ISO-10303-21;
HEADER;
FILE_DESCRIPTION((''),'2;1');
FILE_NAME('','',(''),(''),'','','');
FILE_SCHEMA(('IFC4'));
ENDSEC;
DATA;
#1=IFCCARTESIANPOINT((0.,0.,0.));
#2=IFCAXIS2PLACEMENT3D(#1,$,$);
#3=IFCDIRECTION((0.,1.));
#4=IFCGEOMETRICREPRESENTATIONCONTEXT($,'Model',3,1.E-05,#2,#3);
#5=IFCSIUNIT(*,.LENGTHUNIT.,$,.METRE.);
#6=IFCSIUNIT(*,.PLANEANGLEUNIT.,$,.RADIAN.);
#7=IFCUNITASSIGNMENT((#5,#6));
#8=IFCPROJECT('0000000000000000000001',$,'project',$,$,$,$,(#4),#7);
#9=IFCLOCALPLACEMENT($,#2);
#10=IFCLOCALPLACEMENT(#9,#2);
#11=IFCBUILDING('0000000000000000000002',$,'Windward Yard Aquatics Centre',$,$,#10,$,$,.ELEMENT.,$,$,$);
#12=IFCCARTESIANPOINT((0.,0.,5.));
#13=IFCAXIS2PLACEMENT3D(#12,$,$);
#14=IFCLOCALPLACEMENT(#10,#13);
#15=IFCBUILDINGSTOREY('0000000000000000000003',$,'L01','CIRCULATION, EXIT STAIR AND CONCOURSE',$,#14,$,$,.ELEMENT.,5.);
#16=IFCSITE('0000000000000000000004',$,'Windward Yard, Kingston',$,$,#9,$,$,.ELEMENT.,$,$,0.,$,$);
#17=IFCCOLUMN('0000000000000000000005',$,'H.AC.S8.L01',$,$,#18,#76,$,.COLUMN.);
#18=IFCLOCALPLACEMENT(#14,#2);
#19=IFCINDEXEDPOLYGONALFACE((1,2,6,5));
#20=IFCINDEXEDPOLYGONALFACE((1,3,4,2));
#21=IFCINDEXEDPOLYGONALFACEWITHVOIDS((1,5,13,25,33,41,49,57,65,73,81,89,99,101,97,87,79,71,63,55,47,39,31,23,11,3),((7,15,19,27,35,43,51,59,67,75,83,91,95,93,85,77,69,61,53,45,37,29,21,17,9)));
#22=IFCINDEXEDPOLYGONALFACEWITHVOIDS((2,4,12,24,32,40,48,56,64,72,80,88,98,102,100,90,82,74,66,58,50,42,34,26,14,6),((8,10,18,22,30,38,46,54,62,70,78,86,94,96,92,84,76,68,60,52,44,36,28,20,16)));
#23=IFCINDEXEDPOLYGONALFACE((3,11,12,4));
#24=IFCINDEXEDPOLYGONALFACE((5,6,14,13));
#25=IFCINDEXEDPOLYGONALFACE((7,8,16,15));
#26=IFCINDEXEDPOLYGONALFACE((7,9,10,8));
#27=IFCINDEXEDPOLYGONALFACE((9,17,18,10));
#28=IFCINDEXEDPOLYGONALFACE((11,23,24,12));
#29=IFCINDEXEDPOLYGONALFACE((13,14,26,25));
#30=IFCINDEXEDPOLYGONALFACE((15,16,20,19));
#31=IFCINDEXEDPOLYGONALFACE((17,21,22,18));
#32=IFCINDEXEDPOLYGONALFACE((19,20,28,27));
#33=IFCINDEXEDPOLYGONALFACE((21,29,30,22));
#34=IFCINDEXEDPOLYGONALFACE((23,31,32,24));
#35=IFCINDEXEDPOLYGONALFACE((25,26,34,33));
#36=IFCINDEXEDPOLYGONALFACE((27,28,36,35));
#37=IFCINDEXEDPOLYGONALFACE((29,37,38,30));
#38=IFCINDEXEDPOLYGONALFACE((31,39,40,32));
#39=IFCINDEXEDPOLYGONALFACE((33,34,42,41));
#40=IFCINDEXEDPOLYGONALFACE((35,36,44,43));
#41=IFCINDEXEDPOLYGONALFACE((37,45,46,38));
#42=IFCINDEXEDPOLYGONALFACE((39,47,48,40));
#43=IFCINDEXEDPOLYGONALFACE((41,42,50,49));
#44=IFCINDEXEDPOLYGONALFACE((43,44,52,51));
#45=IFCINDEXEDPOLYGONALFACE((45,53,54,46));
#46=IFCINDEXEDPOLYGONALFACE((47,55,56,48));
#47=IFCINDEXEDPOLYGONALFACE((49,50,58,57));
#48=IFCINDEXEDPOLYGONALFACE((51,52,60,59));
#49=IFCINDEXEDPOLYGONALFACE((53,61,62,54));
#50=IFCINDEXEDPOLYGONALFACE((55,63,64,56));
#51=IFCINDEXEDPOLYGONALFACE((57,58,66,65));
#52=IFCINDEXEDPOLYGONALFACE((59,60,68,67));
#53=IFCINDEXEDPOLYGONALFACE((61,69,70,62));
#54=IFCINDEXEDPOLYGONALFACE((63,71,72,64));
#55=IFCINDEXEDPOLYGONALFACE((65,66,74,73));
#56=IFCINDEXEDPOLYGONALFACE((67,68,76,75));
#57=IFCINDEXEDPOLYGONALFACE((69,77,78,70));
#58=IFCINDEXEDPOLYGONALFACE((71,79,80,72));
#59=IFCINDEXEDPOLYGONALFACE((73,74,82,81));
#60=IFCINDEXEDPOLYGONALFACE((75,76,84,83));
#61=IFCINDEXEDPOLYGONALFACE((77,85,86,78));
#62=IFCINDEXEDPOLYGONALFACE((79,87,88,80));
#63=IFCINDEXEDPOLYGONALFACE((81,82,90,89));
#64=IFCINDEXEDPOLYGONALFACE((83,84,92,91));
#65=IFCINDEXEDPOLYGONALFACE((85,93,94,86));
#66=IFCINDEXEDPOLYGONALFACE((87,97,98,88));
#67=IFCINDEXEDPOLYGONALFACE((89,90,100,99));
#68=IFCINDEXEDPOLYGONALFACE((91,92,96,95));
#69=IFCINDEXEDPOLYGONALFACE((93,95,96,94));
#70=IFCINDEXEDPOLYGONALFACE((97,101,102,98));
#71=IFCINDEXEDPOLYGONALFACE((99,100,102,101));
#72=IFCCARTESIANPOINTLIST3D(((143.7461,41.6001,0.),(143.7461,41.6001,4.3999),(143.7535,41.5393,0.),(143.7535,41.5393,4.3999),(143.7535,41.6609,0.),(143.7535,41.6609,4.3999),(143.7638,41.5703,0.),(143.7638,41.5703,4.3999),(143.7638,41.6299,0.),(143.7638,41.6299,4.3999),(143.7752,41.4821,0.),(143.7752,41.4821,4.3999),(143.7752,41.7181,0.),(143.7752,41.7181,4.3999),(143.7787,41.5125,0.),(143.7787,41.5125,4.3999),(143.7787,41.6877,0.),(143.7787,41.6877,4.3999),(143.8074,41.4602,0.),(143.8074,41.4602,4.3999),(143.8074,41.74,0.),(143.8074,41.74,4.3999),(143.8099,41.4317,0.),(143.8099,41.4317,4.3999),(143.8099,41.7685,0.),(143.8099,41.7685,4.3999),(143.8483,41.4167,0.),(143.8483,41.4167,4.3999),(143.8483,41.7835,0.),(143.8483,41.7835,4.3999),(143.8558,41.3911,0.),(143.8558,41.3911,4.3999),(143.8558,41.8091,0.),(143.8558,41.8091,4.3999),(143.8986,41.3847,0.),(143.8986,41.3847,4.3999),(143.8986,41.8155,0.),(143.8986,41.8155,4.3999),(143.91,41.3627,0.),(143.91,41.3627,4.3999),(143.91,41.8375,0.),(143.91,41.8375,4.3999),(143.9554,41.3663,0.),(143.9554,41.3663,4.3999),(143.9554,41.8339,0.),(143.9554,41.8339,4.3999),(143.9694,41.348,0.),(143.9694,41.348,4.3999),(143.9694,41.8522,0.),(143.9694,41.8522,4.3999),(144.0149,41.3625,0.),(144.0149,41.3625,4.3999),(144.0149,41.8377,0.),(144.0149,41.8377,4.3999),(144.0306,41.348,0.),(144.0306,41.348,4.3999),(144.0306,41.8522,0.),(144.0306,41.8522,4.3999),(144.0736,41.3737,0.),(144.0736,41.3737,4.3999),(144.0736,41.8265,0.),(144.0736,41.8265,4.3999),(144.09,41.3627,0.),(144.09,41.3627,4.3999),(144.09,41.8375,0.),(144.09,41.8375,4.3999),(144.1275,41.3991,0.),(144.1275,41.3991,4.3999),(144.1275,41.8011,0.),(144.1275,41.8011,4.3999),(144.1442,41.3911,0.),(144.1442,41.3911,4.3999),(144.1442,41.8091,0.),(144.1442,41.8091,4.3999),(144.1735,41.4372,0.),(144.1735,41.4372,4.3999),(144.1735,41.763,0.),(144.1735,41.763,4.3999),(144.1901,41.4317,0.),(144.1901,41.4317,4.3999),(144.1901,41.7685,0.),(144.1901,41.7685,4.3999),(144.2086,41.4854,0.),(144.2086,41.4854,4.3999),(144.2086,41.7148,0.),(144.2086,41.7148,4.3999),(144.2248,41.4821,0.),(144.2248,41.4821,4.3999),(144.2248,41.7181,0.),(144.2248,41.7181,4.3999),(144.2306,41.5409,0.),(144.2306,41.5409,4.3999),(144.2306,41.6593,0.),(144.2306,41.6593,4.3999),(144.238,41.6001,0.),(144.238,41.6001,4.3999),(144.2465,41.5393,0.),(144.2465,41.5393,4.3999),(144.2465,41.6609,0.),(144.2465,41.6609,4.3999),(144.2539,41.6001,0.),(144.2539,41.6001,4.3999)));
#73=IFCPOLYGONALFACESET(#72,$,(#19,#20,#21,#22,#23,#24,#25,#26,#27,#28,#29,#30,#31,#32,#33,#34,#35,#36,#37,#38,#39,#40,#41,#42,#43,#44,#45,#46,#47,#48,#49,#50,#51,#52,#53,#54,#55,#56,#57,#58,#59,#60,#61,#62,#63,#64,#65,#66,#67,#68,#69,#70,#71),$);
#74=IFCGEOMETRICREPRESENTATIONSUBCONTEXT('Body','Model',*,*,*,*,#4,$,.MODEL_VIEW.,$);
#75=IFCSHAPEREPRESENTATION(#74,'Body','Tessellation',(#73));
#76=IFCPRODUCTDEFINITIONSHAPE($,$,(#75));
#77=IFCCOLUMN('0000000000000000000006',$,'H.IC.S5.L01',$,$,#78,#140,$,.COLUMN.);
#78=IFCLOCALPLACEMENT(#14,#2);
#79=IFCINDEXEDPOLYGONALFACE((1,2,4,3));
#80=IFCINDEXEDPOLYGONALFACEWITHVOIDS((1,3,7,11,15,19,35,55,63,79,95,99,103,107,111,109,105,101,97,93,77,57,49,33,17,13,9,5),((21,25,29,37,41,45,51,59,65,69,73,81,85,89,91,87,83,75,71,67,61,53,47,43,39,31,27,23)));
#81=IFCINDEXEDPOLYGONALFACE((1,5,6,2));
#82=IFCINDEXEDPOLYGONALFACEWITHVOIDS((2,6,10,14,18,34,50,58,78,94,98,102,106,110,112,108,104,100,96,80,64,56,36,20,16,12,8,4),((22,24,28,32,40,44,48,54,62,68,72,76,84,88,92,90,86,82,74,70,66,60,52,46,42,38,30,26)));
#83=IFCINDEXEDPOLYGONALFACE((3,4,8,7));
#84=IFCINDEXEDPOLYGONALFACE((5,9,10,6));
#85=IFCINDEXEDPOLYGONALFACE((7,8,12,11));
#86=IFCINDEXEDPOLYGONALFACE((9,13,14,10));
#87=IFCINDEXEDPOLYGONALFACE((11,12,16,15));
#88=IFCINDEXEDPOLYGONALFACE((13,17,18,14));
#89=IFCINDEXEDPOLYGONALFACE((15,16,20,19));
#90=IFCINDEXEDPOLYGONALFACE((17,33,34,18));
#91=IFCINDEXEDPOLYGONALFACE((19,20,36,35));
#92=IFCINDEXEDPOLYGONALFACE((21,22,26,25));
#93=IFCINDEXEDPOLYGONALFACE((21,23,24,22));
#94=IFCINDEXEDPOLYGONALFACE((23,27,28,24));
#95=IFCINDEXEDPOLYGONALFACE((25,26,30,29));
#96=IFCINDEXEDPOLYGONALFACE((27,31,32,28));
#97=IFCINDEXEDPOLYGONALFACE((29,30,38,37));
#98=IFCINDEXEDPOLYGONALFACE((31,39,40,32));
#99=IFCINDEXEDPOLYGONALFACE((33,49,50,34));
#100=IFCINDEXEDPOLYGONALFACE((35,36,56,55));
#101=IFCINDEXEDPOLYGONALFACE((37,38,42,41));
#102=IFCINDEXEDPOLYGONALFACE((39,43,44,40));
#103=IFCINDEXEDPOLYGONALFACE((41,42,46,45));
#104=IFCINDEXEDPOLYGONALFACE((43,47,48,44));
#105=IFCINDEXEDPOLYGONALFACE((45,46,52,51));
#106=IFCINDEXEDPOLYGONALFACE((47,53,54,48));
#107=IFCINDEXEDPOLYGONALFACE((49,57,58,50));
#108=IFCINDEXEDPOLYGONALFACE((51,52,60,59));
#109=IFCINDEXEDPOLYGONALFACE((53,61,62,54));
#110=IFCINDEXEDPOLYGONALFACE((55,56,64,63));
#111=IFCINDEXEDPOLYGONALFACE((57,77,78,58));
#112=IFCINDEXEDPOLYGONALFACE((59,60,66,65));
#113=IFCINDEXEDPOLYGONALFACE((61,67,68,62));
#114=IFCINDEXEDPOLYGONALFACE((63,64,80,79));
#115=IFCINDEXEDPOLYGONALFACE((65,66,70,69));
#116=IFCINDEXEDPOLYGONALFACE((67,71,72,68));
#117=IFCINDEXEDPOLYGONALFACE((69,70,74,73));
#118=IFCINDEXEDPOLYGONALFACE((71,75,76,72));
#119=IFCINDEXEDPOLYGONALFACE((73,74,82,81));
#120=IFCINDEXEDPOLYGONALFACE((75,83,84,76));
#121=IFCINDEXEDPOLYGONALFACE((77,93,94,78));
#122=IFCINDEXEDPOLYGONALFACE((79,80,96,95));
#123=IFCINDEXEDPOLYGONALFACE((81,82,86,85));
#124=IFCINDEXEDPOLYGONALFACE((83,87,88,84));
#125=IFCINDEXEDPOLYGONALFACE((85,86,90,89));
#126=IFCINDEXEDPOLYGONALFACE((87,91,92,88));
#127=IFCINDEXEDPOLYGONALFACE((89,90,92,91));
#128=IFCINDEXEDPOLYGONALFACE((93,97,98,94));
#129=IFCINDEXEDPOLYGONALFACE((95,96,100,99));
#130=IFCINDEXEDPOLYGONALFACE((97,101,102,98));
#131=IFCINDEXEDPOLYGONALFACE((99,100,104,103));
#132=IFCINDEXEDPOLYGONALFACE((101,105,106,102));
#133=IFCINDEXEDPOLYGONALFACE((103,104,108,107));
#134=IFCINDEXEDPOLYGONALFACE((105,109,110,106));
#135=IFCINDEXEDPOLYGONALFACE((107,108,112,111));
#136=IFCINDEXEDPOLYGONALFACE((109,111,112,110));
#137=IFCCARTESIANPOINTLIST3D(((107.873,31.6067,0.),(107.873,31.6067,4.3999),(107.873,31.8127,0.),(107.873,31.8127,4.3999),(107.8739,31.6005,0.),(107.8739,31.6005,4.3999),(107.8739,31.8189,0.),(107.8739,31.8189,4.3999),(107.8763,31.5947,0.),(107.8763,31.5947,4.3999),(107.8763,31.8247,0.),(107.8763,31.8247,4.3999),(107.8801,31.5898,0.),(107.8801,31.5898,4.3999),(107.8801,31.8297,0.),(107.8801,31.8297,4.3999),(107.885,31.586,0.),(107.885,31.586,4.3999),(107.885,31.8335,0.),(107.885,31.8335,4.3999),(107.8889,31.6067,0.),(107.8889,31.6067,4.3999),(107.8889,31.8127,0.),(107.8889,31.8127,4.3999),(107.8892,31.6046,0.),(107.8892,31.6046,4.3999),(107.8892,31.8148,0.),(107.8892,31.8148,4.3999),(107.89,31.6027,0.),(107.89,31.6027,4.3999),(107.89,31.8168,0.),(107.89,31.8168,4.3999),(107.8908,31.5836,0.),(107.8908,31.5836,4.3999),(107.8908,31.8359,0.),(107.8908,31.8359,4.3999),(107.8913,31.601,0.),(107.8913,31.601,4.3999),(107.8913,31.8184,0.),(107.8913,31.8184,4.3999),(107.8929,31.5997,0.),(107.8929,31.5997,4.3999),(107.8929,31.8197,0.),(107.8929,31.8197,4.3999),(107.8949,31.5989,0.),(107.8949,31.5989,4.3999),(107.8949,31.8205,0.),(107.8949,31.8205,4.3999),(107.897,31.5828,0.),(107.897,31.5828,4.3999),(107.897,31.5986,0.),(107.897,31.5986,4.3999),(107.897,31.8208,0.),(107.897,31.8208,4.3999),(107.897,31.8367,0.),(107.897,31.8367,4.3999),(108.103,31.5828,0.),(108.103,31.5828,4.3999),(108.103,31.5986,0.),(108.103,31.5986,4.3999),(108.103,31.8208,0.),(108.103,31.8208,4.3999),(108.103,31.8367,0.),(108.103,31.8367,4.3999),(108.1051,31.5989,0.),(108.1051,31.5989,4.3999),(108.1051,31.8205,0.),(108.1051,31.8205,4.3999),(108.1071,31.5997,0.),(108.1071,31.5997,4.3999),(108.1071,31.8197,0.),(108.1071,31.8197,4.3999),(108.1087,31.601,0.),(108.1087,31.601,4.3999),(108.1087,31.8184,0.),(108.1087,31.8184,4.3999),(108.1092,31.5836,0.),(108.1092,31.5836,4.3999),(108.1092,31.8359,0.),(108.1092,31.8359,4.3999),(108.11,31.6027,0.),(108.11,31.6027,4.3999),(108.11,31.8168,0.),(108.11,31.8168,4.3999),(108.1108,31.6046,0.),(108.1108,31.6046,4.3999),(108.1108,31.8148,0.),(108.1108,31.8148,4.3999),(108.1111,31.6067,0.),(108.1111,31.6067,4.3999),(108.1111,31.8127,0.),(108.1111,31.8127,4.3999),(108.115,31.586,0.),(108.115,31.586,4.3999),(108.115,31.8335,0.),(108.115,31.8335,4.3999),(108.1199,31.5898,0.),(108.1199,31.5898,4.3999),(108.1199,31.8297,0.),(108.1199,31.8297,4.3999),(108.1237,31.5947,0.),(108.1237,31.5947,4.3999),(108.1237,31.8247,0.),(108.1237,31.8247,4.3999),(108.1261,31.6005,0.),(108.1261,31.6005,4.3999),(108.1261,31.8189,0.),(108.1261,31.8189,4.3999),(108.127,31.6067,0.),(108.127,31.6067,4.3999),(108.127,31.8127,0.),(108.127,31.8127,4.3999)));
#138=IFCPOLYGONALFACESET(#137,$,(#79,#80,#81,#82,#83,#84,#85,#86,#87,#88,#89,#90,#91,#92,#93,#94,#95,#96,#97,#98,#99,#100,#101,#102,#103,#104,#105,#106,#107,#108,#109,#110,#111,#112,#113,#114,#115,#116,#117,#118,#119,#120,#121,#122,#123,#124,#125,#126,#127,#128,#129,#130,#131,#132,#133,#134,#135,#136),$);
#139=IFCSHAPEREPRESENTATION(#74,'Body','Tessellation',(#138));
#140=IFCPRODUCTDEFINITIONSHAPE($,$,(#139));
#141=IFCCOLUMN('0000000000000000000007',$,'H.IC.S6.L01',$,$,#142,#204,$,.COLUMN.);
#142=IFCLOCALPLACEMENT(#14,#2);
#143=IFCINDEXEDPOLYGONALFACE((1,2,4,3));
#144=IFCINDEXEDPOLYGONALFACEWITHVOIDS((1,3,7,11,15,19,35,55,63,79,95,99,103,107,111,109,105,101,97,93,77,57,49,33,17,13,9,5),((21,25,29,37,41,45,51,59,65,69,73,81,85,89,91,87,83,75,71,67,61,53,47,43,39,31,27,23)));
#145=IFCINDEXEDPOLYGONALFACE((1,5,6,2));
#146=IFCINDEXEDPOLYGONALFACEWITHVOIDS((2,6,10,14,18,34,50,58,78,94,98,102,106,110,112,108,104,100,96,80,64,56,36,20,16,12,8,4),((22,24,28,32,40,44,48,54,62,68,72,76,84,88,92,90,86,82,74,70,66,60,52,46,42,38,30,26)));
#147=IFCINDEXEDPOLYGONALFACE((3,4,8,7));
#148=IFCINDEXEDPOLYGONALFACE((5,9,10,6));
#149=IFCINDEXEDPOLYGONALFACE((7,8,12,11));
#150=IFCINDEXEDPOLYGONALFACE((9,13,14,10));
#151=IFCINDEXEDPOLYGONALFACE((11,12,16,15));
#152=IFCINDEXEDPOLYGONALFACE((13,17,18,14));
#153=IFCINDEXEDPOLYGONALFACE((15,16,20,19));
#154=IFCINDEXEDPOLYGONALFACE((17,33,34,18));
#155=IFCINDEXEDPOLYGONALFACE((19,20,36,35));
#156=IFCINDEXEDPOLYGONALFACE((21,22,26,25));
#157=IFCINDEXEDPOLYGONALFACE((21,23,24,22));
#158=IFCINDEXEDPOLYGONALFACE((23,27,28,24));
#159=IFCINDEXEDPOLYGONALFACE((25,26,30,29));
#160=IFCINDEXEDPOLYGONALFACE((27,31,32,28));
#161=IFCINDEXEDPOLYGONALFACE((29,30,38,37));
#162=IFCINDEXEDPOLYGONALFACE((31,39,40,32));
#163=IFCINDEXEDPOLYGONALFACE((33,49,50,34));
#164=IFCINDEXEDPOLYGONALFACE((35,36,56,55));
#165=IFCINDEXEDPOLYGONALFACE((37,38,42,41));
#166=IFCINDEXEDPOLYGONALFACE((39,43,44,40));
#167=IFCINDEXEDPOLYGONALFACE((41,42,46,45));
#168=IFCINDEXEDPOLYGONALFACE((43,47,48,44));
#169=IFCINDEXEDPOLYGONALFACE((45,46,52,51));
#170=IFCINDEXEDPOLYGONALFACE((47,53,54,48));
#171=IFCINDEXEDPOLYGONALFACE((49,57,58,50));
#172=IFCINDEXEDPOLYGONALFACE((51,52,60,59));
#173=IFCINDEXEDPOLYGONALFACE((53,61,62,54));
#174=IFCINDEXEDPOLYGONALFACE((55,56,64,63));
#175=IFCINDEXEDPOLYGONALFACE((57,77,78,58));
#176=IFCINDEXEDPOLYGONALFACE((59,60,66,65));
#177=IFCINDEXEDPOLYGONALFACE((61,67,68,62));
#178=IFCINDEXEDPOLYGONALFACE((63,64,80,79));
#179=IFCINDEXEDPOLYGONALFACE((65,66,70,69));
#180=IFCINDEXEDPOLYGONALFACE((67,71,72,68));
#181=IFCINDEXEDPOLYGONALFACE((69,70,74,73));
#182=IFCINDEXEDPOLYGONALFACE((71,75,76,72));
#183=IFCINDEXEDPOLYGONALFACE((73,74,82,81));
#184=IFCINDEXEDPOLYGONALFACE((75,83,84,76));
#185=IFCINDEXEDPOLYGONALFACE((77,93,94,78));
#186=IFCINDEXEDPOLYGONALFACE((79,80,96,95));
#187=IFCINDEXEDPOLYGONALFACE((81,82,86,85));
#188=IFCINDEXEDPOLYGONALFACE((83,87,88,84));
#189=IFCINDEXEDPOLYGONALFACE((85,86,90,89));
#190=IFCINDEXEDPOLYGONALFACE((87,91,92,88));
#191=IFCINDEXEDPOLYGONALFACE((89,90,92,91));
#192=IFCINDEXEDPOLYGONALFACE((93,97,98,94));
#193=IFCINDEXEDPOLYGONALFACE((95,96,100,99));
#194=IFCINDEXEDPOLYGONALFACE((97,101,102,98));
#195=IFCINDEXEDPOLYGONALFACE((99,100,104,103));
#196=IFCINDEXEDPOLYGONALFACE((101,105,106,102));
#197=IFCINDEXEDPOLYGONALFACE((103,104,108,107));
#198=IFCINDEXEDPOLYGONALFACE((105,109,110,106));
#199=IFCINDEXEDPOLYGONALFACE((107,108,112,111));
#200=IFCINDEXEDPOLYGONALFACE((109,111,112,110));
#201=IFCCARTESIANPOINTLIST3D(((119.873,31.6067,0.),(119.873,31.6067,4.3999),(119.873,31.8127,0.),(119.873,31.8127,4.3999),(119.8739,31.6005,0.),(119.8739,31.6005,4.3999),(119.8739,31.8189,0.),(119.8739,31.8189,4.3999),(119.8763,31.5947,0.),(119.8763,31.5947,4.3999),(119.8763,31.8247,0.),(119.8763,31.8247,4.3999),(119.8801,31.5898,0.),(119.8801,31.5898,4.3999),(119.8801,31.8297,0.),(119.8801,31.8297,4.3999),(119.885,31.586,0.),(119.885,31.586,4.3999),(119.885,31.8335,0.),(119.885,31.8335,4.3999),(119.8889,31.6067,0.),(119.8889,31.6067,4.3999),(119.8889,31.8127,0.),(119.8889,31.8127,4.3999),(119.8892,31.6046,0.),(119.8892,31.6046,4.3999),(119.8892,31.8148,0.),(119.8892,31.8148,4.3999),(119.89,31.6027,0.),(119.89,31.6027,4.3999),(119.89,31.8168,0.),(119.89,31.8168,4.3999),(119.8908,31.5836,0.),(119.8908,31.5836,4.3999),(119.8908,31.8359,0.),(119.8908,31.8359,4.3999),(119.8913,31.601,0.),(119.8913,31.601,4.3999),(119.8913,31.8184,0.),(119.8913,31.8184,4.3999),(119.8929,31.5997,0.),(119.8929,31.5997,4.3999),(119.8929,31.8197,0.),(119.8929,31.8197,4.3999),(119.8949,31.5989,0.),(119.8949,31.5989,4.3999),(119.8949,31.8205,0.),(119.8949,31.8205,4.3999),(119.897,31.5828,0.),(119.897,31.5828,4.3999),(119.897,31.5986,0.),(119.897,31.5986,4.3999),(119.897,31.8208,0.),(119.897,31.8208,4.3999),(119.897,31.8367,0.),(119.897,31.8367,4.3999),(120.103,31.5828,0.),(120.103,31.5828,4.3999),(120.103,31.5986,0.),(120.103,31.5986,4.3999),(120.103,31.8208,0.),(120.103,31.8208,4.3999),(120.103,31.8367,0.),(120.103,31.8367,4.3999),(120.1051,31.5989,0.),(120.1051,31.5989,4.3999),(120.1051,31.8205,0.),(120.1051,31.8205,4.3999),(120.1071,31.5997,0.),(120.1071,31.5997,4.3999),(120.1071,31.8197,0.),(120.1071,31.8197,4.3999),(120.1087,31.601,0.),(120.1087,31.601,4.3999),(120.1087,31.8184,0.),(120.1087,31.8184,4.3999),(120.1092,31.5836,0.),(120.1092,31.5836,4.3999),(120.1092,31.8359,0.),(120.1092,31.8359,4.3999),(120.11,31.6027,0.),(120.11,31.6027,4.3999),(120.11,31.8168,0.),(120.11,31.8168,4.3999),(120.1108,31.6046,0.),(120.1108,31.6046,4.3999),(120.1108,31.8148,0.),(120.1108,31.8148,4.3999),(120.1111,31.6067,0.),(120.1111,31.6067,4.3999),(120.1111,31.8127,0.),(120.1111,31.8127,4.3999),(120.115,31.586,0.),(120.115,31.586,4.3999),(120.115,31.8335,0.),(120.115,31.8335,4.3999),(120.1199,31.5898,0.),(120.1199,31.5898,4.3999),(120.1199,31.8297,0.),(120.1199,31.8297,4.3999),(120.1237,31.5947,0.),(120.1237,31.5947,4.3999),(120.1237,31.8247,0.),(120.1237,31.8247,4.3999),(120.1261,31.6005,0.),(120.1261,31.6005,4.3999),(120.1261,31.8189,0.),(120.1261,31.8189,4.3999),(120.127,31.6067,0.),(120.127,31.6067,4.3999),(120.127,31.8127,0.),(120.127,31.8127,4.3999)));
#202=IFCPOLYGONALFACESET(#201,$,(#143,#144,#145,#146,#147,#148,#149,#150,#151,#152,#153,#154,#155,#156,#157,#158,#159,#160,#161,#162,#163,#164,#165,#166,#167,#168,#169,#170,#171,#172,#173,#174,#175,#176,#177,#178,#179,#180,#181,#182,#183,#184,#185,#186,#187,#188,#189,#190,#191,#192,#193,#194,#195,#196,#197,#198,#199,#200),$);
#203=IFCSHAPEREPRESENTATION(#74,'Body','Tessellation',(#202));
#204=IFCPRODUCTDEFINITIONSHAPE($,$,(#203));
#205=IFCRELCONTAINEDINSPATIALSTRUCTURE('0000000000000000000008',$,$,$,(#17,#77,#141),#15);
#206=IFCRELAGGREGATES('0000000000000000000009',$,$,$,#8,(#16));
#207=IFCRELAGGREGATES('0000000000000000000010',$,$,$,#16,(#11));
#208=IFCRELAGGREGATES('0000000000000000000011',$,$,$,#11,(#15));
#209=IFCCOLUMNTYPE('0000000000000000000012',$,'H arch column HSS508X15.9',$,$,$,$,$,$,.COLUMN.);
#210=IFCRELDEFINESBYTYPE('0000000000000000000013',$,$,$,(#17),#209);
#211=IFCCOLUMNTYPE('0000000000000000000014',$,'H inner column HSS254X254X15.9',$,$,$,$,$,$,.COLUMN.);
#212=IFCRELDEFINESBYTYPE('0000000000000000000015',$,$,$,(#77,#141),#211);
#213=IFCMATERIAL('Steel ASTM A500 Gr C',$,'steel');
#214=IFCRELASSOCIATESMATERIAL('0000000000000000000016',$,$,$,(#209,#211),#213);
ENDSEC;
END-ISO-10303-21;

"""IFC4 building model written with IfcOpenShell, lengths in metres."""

from ifc_helpers import new_model, si_unit, direction, frame, origin, origin_2d, place, context, subcontext, project, spatial, hollow_rectangle, hollow_circle, extrude, material, material_profile, profile_set, type_object, element, save


model = new_model("IFC4")

# Units and contexts
model_context = context("Model", 3, precision=1e-05, world=origin(), true_north=direction((0.0, 1.0)))
body_context = subcontext(model_context, "Body", "Model", "MODEL_VIEW")
ifc_project = project(units=[si_unit("LENGTHUNIT", "METRE"), si_unit("PLANEANGLEUNIT", "RADIAN")], contexts=[model_context])

# Site, building, storey
site_placement = place(None, origin())
site = spatial("IfcSite", under=ifc_project, at=site_placement, Name="Windward Yard, Kingston", CompositionType="ELEMENT", RefElevation=0.0)
building_placement = place(site_placement, origin())
building = spatial("IfcBuilding", under=site, at=building_placement, Name="Windward Yard Aquatics Centre", CompositionType="ELEMENT")
storey_placement = place(building_placement, frame((0.0, 0.0, 5.0)))
storey = spatial("IfcBuildingStorey", under=building, at=storey_placement, Name="L01", Description="CIRCULATION, EXIT STAIR AND CONCOURSE", CompositionType="ELEMENT", Elevation=5.0)

# Columns
ifc_material_1 = material(Name="Steel ASTM A500 Gr C", Category="steel")
ifc_material_profile_1 = material_profile(ifc_material_1, hollow_circle(Radius=0.2539, WallThickness=0.0159, at=origin_2d()), Name="HSS508X15.9")
ifc_profile_set_1 = profile_set([ifc_material_profile_1], Name="Steel ASTM A500 Gr C")
column_type_1 = type_object("IfcColumnType", Name="H arch column HSS508X15.9", PredefinedType="COLUMN", material=ifc_profile_set_1)
for number, where, z_axis, x_axis, name in (
    (1, (144.0, 41.6001, 0.0), (0.0, 0.0, 1.0), (1.0, 0.0, 0.0), "H.AC.S8.L01"),
):
    element("IfcColumn", number, at=place(storey_placement, frame(where, z_axis=z_axis, x_axis=x_axis)), inside=storey, type_object=column_type_1, Name=name, PredefinedType="COLUMN", context=body_context, shape_type="SweptSolid", body=[
        extrude(hollow_circle(Radius=0.2539, WallThickness=0.0159, at=origin_2d()), origin(), (0.0, 0.0, 1.0), 4.3999),
    ])
ifc_material_profile_2 = material_profile(ifc_material_1, hollow_rectangle(XDim=0.2539, YDim=0.2539, WallThickness=0.0159, InnerFilletRadius=0.0081, OuterFilletRadius=0.0239, at=origin_2d()), Name="HSS254X254X15.9")
ifc_profile_set_2 = profile_set([ifc_material_profile_2], Name="Steel ASTM A500 Gr C")
column_type_2 = type_object("IfcColumnType", Name="H inner column HSS254X254X15.9", PredefinedType="COLUMN", material=ifc_profile_set_2)
for number, where, z_axis, x_axis, name in (
    (2, (108.0, 31.7097, 0.0), (0.0, 0.0, 1.0), (1.0, 0.0, 0.0), "H.IC.S5.L01"),
    (3, (120.0, 31.7097, 0.0), (0.0, 0.0, 1.0), (1.0, 0.0, 0.0), "H.IC.S6.L01"),
):
    element("IfcColumn", number, at=place(storey_placement, frame(where, z_axis=z_axis, x_axis=x_axis)), inside=storey, type_object=column_type_2, Name=name, PredefinedType="COLUMN", context=body_context, shape_type="SweptSolid", body=[
        extrude(hollow_rectangle(XDim=0.2539, YDim=0.2539, WallThickness=0.0159, InnerFilletRadius=0.0081, OuterFilletRadius=0.0239, at=origin_2d()), origin(), (0.0, 0.0, 1.0), 4.3999),
    ])

save(model, "model.ifc")
